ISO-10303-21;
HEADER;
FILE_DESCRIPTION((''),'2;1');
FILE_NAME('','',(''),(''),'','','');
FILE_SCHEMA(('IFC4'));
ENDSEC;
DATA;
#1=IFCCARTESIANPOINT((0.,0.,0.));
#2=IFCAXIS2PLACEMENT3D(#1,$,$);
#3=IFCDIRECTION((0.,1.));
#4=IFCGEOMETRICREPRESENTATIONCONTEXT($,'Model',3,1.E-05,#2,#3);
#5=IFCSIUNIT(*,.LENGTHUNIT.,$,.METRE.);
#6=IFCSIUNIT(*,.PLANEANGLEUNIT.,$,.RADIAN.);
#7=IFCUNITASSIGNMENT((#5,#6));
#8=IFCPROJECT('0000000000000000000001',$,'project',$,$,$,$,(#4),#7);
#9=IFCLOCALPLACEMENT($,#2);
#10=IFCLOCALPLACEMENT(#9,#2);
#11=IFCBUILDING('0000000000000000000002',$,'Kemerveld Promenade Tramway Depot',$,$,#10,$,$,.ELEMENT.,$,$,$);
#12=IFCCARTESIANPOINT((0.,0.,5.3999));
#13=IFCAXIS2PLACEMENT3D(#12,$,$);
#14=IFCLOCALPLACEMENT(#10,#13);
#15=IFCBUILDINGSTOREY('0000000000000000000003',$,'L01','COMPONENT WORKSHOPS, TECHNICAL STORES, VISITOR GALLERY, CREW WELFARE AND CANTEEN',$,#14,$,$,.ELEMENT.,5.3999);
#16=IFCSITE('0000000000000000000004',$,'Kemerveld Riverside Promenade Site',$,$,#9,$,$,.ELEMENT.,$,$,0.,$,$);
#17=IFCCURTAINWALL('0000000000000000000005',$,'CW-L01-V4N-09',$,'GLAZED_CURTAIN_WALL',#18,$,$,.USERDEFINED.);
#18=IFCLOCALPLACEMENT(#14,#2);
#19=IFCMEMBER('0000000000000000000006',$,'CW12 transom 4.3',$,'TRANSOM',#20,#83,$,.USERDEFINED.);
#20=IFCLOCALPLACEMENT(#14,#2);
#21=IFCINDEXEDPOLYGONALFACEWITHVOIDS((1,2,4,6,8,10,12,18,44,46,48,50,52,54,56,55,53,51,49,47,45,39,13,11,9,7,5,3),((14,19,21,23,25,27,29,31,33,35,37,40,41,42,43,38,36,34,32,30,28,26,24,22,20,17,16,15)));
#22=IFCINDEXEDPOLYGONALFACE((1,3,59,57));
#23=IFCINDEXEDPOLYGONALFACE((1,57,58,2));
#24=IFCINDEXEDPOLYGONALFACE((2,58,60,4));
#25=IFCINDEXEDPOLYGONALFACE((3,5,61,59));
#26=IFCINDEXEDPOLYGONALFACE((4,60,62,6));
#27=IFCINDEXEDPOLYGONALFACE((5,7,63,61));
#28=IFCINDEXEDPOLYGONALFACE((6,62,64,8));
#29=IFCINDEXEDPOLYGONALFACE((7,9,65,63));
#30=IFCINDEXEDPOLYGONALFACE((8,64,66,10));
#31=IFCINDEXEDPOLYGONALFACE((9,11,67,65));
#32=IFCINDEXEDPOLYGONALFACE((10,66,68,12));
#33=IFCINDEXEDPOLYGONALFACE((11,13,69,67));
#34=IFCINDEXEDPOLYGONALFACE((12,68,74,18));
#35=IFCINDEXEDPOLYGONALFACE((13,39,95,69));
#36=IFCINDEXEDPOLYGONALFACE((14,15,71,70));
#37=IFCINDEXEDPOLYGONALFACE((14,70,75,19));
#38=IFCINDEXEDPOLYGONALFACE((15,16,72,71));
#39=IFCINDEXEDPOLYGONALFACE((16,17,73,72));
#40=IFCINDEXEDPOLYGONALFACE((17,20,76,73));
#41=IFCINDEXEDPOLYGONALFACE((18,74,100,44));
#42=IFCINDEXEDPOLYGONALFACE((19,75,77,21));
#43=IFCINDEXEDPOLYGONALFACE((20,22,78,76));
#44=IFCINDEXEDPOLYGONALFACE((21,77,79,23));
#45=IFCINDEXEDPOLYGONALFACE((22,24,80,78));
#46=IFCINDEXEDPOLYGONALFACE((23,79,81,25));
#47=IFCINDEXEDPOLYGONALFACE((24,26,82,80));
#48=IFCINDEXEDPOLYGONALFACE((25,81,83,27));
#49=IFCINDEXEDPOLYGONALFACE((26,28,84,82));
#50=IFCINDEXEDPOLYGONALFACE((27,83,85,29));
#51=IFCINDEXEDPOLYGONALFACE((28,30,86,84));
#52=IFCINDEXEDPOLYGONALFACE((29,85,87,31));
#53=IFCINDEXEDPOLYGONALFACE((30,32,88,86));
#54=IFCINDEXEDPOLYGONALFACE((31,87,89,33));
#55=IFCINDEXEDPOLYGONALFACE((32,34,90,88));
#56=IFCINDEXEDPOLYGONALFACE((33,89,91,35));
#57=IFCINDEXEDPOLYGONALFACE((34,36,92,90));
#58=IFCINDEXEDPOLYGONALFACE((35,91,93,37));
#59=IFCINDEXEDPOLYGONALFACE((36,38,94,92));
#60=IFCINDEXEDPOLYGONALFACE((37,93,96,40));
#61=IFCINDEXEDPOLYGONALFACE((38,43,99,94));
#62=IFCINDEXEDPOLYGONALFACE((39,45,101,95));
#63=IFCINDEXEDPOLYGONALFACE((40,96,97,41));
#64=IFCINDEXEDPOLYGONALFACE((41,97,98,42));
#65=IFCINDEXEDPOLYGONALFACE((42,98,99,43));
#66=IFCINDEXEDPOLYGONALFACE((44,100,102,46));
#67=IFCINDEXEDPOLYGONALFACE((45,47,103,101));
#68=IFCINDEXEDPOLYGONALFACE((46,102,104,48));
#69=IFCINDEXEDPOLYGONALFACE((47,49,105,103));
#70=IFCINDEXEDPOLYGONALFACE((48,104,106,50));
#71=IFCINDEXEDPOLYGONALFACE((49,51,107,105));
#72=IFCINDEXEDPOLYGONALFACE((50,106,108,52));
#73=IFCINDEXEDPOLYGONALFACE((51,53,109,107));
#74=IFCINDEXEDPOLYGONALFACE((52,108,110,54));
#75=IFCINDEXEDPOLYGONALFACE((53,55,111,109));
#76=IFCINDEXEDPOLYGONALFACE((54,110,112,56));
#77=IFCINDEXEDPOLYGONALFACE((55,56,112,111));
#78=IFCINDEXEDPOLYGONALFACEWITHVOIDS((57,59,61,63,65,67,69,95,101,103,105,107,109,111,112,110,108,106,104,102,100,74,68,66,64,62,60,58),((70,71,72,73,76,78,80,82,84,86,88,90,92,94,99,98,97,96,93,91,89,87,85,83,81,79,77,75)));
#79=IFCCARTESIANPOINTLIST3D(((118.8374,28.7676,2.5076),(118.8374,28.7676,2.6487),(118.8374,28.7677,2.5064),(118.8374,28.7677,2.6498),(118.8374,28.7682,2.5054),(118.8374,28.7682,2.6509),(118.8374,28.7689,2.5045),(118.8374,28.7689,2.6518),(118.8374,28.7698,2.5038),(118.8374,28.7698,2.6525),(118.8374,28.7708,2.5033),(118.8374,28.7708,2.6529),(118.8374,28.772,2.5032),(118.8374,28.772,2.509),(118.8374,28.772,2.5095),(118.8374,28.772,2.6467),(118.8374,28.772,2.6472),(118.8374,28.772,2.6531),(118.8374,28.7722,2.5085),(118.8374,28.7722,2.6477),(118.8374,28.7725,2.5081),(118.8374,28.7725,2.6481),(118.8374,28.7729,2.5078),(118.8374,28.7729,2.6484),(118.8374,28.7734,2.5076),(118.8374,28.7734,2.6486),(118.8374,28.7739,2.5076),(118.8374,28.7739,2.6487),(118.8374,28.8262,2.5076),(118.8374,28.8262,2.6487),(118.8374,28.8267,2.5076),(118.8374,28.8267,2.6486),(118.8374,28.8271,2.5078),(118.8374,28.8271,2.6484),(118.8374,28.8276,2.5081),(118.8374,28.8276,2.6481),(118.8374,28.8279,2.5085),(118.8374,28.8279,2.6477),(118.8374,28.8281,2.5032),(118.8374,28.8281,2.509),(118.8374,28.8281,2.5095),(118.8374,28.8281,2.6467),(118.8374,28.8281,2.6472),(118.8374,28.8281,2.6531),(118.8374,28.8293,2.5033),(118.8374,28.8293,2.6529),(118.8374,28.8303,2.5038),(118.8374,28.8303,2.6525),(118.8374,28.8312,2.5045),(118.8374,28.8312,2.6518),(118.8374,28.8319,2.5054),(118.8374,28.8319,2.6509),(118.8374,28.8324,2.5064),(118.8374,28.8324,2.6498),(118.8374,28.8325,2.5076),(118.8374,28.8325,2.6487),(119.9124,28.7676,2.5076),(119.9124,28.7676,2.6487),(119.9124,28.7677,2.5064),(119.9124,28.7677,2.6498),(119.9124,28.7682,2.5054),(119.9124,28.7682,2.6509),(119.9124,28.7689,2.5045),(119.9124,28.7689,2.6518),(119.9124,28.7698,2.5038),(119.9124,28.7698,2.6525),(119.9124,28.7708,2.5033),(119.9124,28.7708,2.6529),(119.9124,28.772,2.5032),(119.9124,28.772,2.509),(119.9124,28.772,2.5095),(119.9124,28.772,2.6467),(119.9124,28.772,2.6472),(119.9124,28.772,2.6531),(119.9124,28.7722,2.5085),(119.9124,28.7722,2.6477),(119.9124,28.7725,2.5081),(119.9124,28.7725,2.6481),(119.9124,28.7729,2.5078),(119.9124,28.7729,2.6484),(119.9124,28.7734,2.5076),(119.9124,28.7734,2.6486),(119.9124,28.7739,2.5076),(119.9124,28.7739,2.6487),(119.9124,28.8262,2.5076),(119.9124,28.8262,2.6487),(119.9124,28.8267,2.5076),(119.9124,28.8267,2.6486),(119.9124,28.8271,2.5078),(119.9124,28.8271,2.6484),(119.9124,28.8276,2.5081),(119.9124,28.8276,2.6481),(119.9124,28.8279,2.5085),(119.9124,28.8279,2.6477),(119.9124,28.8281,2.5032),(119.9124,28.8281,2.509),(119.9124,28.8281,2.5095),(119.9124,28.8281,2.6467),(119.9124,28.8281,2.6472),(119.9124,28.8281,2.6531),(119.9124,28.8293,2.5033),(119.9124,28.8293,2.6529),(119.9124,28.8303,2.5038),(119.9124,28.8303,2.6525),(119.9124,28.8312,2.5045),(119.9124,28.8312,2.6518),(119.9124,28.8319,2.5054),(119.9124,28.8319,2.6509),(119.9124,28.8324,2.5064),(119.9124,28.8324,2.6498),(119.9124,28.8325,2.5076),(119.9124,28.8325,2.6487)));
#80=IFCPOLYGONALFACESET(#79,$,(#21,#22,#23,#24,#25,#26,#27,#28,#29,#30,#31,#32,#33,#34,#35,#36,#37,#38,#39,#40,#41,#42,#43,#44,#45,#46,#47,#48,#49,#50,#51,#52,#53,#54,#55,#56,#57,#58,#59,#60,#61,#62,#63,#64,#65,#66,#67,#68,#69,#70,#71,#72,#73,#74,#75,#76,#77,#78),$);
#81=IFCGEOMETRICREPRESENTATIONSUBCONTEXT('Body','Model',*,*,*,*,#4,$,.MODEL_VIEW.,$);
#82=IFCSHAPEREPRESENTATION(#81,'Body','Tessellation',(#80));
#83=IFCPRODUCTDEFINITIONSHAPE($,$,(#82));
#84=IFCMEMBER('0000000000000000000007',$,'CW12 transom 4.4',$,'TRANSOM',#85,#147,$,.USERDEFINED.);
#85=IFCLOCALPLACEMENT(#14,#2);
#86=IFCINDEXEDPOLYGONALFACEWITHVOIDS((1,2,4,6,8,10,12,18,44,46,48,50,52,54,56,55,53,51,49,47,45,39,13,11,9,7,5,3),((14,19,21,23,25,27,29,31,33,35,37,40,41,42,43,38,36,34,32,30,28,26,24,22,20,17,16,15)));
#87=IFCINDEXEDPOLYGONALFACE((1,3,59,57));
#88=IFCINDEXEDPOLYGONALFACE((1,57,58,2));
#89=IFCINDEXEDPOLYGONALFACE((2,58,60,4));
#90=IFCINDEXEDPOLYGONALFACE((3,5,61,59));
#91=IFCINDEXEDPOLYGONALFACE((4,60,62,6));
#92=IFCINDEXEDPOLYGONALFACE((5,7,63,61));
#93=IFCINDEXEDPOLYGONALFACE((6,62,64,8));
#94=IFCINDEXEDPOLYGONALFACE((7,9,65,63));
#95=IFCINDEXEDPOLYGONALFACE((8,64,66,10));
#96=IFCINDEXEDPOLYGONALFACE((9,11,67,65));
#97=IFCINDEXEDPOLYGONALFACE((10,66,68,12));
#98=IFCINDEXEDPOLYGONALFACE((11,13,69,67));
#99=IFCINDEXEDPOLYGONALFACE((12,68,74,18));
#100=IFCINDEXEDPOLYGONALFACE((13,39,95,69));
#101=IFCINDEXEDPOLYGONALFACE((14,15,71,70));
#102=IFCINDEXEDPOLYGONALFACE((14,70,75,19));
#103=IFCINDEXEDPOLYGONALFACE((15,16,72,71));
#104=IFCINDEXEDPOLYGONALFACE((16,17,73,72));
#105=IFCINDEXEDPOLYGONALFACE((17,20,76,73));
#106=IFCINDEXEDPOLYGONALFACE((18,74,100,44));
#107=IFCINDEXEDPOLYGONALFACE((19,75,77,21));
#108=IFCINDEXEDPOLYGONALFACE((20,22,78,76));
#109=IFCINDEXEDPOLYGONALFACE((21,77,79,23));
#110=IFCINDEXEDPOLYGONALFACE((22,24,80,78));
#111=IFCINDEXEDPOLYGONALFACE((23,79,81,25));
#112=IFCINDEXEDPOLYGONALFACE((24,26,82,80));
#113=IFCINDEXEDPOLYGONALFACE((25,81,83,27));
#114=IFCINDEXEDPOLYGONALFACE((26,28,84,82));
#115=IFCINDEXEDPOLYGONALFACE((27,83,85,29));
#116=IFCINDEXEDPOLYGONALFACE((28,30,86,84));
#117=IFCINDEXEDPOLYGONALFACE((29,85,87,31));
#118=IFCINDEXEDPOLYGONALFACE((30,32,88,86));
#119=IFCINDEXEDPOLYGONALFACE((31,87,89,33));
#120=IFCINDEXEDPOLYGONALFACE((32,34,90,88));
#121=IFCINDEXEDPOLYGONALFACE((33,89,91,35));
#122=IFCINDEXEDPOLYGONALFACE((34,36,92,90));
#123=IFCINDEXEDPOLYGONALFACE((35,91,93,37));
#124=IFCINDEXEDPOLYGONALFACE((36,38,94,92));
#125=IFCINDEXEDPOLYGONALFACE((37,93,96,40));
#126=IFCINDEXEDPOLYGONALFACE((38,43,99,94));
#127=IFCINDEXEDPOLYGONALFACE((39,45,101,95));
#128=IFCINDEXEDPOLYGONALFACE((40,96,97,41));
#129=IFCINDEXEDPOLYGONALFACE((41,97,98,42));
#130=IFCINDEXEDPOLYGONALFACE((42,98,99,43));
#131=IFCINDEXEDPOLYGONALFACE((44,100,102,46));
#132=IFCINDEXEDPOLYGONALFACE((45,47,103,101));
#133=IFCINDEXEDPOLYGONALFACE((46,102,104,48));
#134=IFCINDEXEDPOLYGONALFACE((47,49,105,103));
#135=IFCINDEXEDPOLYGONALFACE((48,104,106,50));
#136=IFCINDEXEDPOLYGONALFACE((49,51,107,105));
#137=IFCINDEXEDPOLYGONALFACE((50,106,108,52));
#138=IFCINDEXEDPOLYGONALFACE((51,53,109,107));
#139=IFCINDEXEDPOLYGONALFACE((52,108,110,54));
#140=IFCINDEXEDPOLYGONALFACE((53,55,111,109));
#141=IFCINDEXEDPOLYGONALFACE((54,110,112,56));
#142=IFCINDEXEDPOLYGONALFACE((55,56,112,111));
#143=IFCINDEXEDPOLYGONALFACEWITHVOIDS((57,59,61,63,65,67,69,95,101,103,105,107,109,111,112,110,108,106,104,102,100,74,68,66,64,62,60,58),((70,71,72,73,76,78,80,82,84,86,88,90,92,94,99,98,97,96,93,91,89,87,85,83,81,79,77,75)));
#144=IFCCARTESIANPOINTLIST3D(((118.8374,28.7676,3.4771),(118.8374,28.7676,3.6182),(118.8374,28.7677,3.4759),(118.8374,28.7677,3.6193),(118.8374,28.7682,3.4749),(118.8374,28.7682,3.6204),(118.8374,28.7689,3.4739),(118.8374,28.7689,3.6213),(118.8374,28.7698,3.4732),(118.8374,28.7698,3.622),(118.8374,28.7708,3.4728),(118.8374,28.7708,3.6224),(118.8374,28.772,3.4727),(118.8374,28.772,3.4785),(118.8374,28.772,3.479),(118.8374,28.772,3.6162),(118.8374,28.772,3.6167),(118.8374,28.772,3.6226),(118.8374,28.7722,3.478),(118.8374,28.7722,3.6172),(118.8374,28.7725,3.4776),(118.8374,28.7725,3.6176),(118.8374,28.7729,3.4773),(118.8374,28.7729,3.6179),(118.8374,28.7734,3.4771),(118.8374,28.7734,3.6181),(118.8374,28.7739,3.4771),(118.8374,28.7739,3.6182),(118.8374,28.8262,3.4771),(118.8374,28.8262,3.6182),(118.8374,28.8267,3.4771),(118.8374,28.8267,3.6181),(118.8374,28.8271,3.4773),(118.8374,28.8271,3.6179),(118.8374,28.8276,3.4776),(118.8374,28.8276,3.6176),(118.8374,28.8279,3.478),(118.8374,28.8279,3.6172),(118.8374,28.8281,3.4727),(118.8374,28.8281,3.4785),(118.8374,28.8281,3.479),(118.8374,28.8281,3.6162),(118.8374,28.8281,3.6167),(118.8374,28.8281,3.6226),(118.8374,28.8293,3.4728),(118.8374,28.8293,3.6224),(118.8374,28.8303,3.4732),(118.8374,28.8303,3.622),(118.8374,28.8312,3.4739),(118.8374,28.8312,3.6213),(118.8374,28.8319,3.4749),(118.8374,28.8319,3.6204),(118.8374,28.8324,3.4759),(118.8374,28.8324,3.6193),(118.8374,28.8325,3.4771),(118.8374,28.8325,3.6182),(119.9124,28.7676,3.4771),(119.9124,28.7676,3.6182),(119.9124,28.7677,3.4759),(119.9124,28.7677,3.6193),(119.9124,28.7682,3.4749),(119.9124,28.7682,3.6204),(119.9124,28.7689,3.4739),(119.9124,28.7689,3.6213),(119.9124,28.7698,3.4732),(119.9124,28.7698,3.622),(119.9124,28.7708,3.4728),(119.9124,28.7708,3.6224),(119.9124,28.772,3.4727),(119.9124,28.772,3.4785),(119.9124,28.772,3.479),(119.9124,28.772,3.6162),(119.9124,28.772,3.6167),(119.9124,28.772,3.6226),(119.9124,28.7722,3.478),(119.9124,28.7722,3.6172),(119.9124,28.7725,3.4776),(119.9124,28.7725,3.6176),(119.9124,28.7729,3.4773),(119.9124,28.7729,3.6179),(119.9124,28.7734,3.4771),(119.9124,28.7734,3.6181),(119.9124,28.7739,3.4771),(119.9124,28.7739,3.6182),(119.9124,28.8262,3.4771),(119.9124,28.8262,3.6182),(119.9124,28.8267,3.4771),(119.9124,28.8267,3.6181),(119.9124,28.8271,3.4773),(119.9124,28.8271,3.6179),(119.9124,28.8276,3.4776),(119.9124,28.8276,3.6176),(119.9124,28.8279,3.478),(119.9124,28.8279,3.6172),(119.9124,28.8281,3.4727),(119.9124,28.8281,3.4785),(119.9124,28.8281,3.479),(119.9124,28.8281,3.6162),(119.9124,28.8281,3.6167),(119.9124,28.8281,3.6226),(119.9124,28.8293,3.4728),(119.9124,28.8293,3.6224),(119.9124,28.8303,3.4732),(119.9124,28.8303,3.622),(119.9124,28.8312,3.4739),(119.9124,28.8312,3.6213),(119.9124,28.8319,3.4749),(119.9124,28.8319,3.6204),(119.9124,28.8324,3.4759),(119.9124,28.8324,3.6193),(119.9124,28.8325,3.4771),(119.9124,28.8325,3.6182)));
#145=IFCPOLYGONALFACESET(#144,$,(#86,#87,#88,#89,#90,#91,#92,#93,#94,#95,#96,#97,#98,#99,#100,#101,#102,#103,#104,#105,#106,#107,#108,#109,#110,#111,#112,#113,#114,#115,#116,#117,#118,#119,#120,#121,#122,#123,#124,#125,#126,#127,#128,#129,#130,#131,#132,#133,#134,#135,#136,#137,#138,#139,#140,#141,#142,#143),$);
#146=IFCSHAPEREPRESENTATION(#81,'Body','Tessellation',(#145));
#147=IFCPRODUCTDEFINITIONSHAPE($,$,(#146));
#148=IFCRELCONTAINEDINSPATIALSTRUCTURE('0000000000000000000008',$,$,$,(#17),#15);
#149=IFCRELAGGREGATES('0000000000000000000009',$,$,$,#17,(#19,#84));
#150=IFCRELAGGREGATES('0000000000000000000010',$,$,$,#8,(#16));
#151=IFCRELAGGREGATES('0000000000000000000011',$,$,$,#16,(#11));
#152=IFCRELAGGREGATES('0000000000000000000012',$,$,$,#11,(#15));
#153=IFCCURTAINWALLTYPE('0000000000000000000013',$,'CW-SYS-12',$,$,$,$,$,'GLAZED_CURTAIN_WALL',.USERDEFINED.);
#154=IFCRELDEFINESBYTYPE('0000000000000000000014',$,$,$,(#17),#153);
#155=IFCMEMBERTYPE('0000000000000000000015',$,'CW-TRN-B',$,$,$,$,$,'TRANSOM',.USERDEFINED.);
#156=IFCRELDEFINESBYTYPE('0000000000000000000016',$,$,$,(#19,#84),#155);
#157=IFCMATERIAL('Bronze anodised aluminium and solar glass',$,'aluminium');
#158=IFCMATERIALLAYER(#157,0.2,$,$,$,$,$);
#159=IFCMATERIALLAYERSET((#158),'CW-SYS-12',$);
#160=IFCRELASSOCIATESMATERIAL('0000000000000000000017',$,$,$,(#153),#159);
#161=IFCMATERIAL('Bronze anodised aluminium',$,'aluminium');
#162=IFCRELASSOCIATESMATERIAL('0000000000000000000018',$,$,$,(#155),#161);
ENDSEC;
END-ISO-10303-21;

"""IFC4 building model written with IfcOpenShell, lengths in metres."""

from ifc_helpers import new_model, si_unit, direction, frame, origin, origin_2d, place, context, subcontext, project, spatial, hollow_rectangle, extrude, material, layer, layer_set, material_profile, profile_set, type_object, element, aggregate, save


model = new_model("IFC4")

# Units and contexts
model_context = context("Model", 3, precision=1e-05, world=origin(), true_north=direction((0.0, 1.0)))
body_context = subcontext(model_context, "Body", "Model", "MODEL_VIEW")
ifc_project = project(units=[si_unit("LENGTHUNIT", "METRE"), si_unit("PLANEANGLEUNIT", "RADIAN")], contexts=[model_context])

# Site, building, storey
site_placement = place(None, origin())
site = spatial("IfcSite", under=ifc_project, at=site_placement, Name="Kemerveld Riverside Promenade Site", CompositionType="ELEMENT", RefElevation=0.0)
building_placement = place(site_placement, origin())
building = spatial("IfcBuilding", under=site, at=building_placement, Name="Kemerveld Promenade Tramway Depot", CompositionType="ELEMENT")
storey_placement = place(building_placement, frame((0.0, 0.0, 5.3999)))
storey = spatial("IfcBuildingStorey", under=building, at=storey_placement, Name="L01", Description="COMPONENT WORKSHOPS, TECHNICAL STORES, VISITOR GALLERY, CREW WELFARE AND CANTEEN", CompositionType="ELEMENT", Elevation=5.3999)

# Curtain wall, members
ifc_material_1 = material(Name="Bronze anodised aluminium and solar glass", Category="aluminium")
ifc_layer_1 = layer(ifc_material_1, 0.2)
ifc_layer_set_1 = layer_set([ifc_layer_1], Name="CW-SYS-12")
curtain_wall_type = type_object("IfcCurtainWallType", Name="CW-SYS-12", ElementType="GLAZED_CURTAIN_WALL", PredefinedType="USERDEFINED", material=ifc_layer_set_1)
curtain_wall_placement = place(storey_placement, origin())
curtain_wall = element("IfcCurtainWall", 1, at=curtain_wall_placement, inside=storey, type_object=curtain_wall_type, Name="CW-L01-V4N-09", ObjectType="GLAZED_CURTAIN_WALL", PredefinedType="USERDEFINED")
ifc_material_2 = material(Name="Bronze anodised aluminium", Category="aluminium")
ifc_material_profile_1 = material_profile(ifc_material_2, hollow_rectangle(XDim=0.0649, YDim=0.1499, WallThickness=0.0044, InnerFilletRadius=0.002, OuterFilletRadius=0.0044, at=origin_2d()), Name="CW-TRN-150x65")
ifc_profile_set_1 = profile_set([ifc_material_profile_1], Name="Bronze anodised aluminium")
member_type_1 = type_object("IfcMemberType", Name="CW-TRN-B", ElementType="TRANSOM", PredefinedType="USERDEFINED", material=ifc_profile_set_1)
member_1_placement = place(storey_placement, frame((118.8374, 28.8, 2.5781), z_axis=(1.0, 0.0, 0.0), x_axis=(0.0, 1.0, 0.0)))
member_1 = element("IfcMember", 2, at=member_1_placement, type_object=member_type_1, Name="CW12 transom 4.3", ObjectType="TRANSOM", PredefinedType="USERDEFINED", context=body_context, shape_type="SweptSolid", body=[
    extrude(hollow_rectangle(XDim=0.0649, YDim=0.1499, WallThickness=0.0044, InnerFilletRadius=0.002, OuterFilletRadius=0.0044, at=origin_2d()), origin(), (0.0, 0.0, 1.0), 1.075),
])
member_2_placement = place(storey_placement, frame((118.8374, 28.8, 3.5476), z_axis=(1.0, 0.0, 0.0), x_axis=(0.0, 1.0, 0.0)))
member_2 = element("IfcMember", 3, at=member_2_placement, type_object=member_type_1, Name="CW12 transom 4.4", ObjectType="TRANSOM", PredefinedType="USERDEFINED", context=body_context, shape_type="SweptSolid", body=[
    extrude(hollow_rectangle(XDim=0.0649, YDim=0.1499, WallThickness=0.0044, InnerFilletRadius=0.002, OuterFilletRadius=0.0044, at=origin_2d()), origin(), (0.0, 0.0, 1.0), 1.075),
])
aggregate(curtain_wall, [member_1, member_2])

save(model, "model.ifc")
